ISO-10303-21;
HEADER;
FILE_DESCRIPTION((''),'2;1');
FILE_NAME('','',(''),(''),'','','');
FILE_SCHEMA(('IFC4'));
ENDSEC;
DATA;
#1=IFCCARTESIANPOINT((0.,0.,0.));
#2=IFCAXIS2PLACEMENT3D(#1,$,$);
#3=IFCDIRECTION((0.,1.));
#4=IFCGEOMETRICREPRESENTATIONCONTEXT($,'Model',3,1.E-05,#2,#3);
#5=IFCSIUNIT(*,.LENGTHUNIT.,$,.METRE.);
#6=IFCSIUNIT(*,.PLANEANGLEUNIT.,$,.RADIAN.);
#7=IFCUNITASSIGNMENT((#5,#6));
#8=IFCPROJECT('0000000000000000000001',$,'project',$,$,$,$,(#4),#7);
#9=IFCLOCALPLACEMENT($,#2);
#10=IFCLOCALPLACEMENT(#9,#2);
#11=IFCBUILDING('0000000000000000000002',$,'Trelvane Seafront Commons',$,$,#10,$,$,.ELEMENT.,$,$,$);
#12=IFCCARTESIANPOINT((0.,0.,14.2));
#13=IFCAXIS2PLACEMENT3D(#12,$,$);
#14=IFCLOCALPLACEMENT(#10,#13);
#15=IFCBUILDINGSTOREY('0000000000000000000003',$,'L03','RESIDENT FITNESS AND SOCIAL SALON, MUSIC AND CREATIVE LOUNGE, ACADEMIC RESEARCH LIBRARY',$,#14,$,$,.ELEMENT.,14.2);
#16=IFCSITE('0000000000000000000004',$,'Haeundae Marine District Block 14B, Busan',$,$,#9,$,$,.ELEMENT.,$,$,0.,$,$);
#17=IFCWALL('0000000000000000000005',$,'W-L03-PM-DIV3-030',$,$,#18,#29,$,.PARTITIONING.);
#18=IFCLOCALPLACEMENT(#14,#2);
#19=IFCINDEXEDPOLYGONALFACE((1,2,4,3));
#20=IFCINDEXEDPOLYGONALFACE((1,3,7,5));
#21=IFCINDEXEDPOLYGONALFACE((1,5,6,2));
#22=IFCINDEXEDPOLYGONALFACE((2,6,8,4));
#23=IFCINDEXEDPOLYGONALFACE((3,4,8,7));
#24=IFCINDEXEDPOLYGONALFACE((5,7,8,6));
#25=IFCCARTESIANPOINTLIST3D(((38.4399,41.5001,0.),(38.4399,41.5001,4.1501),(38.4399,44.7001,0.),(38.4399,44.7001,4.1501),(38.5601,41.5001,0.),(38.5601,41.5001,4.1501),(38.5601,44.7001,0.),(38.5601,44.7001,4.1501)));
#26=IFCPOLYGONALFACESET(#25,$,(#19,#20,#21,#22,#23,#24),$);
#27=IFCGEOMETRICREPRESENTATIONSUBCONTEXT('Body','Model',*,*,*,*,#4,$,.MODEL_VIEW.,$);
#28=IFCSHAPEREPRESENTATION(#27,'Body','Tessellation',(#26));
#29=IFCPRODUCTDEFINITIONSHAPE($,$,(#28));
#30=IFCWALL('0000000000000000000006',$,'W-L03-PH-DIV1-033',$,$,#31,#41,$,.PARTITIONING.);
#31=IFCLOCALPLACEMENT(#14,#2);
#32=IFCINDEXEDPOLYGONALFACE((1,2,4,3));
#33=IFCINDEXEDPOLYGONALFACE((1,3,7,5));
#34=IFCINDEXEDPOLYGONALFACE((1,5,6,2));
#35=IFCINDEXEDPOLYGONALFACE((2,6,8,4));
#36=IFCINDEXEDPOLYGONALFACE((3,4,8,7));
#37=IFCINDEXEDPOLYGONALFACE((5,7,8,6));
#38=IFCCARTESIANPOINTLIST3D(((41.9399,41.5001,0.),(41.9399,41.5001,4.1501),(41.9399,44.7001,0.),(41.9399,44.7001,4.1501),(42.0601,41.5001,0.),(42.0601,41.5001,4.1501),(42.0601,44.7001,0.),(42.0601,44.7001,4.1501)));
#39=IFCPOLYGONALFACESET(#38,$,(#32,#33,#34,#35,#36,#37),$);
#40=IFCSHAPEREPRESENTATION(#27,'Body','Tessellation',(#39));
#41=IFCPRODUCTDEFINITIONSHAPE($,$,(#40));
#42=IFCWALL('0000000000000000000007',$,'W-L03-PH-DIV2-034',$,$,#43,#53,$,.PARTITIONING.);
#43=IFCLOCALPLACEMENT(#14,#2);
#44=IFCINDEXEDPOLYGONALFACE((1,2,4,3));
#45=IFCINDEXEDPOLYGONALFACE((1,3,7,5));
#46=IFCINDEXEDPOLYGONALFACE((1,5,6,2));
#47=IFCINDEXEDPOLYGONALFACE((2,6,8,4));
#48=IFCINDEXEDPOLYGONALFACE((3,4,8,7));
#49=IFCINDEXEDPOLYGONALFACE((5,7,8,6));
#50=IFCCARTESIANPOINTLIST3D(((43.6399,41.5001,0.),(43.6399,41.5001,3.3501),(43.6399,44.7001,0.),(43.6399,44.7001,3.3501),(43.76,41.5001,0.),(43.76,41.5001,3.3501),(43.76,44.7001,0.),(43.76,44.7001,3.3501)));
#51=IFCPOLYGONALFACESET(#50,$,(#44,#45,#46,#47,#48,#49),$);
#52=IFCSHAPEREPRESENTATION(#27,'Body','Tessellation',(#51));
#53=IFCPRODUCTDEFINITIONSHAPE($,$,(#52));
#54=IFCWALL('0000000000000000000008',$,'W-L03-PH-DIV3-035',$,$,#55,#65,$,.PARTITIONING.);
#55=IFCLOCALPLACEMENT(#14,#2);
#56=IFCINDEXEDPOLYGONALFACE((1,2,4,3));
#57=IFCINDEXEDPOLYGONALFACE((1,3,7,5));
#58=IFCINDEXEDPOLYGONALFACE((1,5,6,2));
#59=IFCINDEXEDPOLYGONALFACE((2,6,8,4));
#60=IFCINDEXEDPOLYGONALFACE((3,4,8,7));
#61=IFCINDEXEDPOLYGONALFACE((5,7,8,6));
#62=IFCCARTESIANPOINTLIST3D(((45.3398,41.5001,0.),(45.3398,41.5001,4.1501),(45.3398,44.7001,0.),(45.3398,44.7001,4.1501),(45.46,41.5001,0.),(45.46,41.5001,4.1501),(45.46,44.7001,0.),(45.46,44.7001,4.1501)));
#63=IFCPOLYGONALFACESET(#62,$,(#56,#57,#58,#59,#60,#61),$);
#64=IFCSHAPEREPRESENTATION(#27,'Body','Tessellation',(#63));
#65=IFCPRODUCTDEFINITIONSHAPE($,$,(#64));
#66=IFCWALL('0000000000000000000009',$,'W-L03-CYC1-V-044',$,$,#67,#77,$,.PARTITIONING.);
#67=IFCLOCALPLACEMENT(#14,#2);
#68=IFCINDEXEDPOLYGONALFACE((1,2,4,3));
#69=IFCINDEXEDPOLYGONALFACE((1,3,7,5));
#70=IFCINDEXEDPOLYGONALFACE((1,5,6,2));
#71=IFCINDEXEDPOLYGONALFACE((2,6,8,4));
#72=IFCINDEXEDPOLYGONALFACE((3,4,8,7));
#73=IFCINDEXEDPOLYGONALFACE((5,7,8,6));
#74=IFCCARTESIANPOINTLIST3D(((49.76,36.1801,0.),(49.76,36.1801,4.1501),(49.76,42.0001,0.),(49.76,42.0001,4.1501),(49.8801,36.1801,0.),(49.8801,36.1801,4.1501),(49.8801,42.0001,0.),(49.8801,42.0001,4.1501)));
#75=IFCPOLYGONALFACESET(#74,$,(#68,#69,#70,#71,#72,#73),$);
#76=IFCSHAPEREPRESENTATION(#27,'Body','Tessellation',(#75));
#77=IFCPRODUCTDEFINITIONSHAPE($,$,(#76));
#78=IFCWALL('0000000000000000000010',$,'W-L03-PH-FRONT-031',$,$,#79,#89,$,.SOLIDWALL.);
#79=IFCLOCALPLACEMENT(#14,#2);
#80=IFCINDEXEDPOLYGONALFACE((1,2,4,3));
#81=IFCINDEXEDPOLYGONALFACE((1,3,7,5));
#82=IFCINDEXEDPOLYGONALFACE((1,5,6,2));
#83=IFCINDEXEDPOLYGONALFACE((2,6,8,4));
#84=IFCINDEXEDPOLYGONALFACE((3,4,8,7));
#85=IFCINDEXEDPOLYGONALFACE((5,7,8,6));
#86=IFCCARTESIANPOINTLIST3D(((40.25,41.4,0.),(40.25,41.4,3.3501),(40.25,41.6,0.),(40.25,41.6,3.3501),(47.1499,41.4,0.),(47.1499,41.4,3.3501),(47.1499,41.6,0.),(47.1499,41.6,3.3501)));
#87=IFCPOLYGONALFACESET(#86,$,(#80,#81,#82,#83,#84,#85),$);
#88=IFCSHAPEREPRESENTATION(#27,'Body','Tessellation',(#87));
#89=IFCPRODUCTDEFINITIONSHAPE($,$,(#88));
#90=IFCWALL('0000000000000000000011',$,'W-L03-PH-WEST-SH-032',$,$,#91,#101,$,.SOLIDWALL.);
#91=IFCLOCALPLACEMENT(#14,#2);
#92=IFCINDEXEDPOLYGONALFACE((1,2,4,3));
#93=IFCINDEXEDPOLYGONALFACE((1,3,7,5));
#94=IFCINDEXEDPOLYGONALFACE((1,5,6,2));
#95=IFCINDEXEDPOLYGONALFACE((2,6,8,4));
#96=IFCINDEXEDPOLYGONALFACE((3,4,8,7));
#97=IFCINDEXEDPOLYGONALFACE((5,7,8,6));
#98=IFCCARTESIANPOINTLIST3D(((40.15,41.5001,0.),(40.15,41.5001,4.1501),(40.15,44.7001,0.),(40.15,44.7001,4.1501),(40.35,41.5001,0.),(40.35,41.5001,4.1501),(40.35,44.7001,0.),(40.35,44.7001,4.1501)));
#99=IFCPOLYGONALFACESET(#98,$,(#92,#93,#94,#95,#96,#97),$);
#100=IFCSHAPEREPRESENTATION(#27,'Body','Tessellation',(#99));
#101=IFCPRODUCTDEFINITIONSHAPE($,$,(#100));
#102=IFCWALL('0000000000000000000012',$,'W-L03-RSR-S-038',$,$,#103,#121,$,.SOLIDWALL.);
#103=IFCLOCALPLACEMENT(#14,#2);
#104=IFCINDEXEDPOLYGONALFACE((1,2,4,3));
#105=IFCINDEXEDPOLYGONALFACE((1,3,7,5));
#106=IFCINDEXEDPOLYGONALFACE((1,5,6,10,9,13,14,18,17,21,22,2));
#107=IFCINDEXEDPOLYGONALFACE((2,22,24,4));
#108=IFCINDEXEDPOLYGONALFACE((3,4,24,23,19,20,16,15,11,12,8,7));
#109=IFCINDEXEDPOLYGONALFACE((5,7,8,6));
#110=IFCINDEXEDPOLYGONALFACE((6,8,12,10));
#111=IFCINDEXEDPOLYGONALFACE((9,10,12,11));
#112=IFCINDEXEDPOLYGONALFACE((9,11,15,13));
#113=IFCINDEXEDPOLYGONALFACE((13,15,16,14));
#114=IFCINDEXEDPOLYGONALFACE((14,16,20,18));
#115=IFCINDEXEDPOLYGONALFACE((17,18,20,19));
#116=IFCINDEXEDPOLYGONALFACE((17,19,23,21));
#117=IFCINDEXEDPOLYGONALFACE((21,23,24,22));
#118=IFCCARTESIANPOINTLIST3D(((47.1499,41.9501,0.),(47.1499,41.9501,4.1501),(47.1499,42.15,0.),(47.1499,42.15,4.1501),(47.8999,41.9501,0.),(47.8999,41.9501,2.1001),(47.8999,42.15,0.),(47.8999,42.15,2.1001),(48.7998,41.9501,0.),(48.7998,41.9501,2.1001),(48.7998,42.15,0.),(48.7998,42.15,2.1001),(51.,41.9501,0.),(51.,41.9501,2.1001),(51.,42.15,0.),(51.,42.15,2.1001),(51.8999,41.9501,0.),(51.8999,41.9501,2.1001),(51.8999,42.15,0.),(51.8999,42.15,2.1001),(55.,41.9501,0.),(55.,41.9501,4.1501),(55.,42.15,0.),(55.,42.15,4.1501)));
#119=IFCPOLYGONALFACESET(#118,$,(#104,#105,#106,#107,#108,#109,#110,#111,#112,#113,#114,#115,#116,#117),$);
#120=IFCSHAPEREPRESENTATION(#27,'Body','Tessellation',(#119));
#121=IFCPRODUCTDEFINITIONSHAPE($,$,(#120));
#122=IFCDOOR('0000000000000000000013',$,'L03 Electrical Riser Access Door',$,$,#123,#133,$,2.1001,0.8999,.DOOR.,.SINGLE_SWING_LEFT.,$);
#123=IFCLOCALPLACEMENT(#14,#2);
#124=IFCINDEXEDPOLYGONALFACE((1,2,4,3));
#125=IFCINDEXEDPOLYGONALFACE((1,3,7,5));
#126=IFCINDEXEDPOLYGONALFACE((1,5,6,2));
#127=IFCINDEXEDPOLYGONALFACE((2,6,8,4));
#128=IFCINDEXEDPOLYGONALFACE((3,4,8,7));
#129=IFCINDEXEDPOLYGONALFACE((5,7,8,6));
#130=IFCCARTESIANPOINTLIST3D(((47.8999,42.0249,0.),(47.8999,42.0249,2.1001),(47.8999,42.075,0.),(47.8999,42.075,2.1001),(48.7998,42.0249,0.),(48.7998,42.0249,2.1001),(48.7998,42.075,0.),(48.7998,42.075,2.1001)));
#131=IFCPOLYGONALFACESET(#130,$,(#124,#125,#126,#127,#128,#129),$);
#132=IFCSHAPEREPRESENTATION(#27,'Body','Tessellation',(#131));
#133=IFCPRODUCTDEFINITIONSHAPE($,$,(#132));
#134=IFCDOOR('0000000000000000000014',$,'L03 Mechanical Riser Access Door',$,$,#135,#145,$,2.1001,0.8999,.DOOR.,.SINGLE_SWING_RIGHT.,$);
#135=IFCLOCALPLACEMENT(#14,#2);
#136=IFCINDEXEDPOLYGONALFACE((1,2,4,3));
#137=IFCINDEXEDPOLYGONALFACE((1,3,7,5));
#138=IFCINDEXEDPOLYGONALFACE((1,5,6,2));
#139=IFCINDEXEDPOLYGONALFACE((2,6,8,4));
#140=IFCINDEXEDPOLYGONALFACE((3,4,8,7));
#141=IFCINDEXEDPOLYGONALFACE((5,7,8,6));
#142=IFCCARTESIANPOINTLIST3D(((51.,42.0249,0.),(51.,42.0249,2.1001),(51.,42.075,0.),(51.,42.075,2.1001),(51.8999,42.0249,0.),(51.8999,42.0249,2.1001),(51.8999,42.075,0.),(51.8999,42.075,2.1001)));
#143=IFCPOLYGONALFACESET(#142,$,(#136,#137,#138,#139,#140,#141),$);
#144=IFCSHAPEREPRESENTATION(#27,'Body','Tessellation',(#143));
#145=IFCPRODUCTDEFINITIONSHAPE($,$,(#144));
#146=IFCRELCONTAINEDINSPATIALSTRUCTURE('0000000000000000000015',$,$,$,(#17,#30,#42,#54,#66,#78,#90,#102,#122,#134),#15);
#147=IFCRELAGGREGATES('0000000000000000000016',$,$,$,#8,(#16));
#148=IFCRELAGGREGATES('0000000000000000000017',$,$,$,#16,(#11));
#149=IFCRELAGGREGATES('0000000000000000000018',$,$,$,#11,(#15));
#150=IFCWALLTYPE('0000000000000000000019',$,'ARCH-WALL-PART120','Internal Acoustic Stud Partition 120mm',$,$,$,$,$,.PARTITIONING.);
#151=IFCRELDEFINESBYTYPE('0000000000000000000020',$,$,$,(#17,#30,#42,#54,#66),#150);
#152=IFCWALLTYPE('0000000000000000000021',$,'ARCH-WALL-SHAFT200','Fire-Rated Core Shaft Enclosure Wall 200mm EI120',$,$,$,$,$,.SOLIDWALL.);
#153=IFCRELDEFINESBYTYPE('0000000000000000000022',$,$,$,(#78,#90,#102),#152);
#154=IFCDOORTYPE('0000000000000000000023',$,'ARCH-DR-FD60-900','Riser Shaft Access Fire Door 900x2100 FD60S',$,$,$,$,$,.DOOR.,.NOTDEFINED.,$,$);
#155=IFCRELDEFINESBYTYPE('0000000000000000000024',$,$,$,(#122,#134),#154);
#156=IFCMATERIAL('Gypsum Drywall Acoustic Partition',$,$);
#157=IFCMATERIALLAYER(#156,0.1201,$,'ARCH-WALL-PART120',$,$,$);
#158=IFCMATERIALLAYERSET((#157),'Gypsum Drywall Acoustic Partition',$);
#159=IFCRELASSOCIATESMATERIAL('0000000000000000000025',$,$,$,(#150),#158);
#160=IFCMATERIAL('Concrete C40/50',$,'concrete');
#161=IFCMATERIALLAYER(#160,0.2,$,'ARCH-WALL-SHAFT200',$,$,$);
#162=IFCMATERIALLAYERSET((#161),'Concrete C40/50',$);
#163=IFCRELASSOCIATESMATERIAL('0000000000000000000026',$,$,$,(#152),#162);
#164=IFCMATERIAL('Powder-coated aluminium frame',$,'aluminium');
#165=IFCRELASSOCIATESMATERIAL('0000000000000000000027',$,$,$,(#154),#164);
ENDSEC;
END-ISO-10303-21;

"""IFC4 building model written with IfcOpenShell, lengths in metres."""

from ifc_helpers import new_model, si_unit, direction, frame, frame_2d, origin, place, context, subcontext, project, spatial, rectangle, extrude, source, transform, mapped, material, layer, layer_set, type_object, element, fill, save


model = new_model("IFC4")

# Units and contexts
model_context = context("Model", 3, precision=1e-05, world=origin(), true_north=direction((0.0, 1.0)))
body_context = subcontext(model_context, "Body", "Model", "MODEL_VIEW")
ifc_project = project(units=[si_unit("LENGTHUNIT", "METRE"), si_unit("PLANEANGLEUNIT", "RADIAN")], contexts=[model_context])

# Site, building, storey
site_placement = place(None, origin())
site = spatial("IfcSite", under=ifc_project, at=site_placement, Name="Haeundae Marine District Block 14B, Busan", CompositionType="ELEMENT", RefElevation=0.0)
building_placement = place(site_placement, origin())
building = spatial("IfcBuilding", under=site, at=building_placement, Name="Trelvane Seafront Commons", CompositionType="ELEMENT")
storey_placement = place(building_placement, frame((0.0, 0.0, 14.2)))
storey = spatial("IfcBuildingStorey", under=building, at=storey_placement, Name="L03", Description="RESIDENT FITNESS AND SOCIAL SALON, MUSIC AND CREATIVE LOUNGE, ACADEMIC RESEARCH LIBRARY", CompositionType="ELEMENT", Elevation=14.2)

# Walls
ifc_material_1 = material(Name="Gypsum Drywall Acoustic Partition")
ifc_layer_1 = layer(ifc_material_1, 0.1201, Name="ARCH-WALL-PART120")
ifc_layer_set_1 = layer_set([ifc_layer_1], Name="Gypsum Drywall Acoustic Partition")
wall_type_1 = type_object("IfcWallType", Name="ARCH-WALL-PART120", Description="Internal Acoustic Stud Partition 120mm", PredefinedType="PARTITIONING", material=ifc_layer_set_1)
for number, where, z_axis, x_axis, name in (
    (1, (38.5, 41.5, 0.0), (0.0, 0.0, 1.0), (0.0, 1.0, 0.0), "W-L03-PM-DIV3-030"),
    (2, (42.0, 41.5, 0.0), (0.0, 0.0, 1.0), (0.0, 1.0, 0.0), "W-L03-PH-DIV1-033"),
):
    element("IfcWall", number, at=place(storey_placement, frame(where, z_axis=z_axis, x_axis=x_axis)), inside=storey, type_object=wall_type_1, Name=name, PredefinedType="PARTITIONING", context=body_context, shape_type="SweptSolid", body=[
        extrude(rectangle(XDim=3.2, YDim=0.1201, at=frame_2d((1.6001, 0.0))), origin(), (0.0, 0.0, 1.0), 4.1501),
    ])
wall_1_placement = place(storey_placement, frame((43.7, 41.5, 0.0), z_axis=(0.0, 0.0, 1.0), x_axis=(0.0, 1.0, 0.0)))
element("IfcWall", 3, at=wall_1_placement, inside=storey, type_object=wall_type_1, Name="W-L03-PH-DIV2-034", PredefinedType="PARTITIONING", context=body_context, shape_type="SweptSolid", body=[
    extrude(rectangle(XDim=3.2, YDim=0.1201, at=frame_2d((1.6001, 0.0))), origin(), (0.0, 0.0, 1.0), 3.3501),
])
wall_2_placement = place(storey_placement, frame((45.3999, 41.5, 0.0), z_axis=(0.0, 0.0, 1.0), x_axis=(0.0, 1.0, 0.0)))
element("IfcWall", 4, at=wall_2_placement, inside=storey, type_object=wall_type_1, Name="W-L03-PH-DIV3-035", PredefinedType="PARTITIONING", context=body_context, shape_type="SweptSolid", body=[
    extrude(rectangle(XDim=3.2, YDim=0.1201, at=frame_2d((1.6001, 0.0))), origin(), (0.0, 0.0, 1.0), 4.1501),
])

# Walls
wall_3_placement = place(storey_placement, frame((49.8201, 36.1799, 0.0), z_axis=(0.0, 0.0, 1.0), x_axis=(0.0, 1.0, 0.0)))
element("IfcWall", 5, at=wall_3_placement, inside=storey, type_object=wall_type_1, Name="W-L03-CYC1-V-044", PredefinedType="PARTITIONING", context=body_context, shape_type="SweptSolid", body=[
    extrude(rectangle(XDim=5.8201, YDim=0.1201, at=frame_2d((2.9102, 0.0))), origin(), (0.0, 0.0, 1.0), 4.1501),
])
ifc_material_2 = material(Name="Concrete C40/50", Category="concrete")
ifc_layer_2 = layer(ifc_material_2, 0.2, Name="ARCH-WALL-SHAFT200")
ifc_layer_set_2 = layer_set([ifc_layer_2], Name="Concrete C40/50")
wall_type_2 = type_object("IfcWallType", Name="ARCH-WALL-SHAFT200", Description="Fire-Rated Core Shaft Enclosure Wall 200mm EI120", PredefinedType="SOLIDWALL", material=ifc_layer_set_2)
wall_4_placement = place(storey_placement, frame((40.25, 41.5, 0.0), z_axis=(0.0, 0.0, 1.0), x_axis=(1.0, 0.0, 0.0)))
element("IfcWall", 6, at=wall_4_placement, inside=storey, type_object=wall_type_2, Name="W-L03-PH-FRONT-031", PredefinedType="SOLIDWALL", context=body_context, shape_type="SweptSolid", body=[
    extrude(rectangle(XDim=6.8999, YDim=0.2, at=frame_2d((3.45, 0.0))), origin(), (0.0, 0.0, 1.0), 3.3501),
])
wall_5_placement = place(storey_placement, frame((40.25, 41.5, 0.0), z_axis=(0.0, 0.0, 1.0), x_axis=(0.0, 1.0, 0.0)))
element("IfcWall", 7, at=wall_5_placement, inside=storey, type_object=wall_type_2, Name="W-L03-PH-WEST-SH-032", PredefinedType="SOLIDWALL", context=body_context, shape_type="SweptSolid", body=[
    extrude(rectangle(XDim=3.2, YDim=0.2, at=frame_2d((1.6001, 0.0))), origin(), (0.0, 0.0, 1.0), 4.1501),
])

# Wall, openings, doors
wall_6_placement = place(storey_placement, frame((47.1499, 42.05, 0.0), z_axis=(0.0, 0.0, 1.0), x_axis=(1.0, 0.0, 0.0)))
wall_6 = element("IfcWall", 8, at=wall_6_placement, inside=storey, type_object=wall_type_2, Name="W-L03-RSR-S-038", PredefinedType="SOLIDWALL", context=body_context, shape_type="SweptSolid", body=[
    extrude(rectangle(XDim=7.8501, YDim=0.2, at=frame_2d((3.925, 0.0))), origin(), (0.0, 0.0, 1.0), 4.1501),
])
opening_1_placement = place(wall_6_placement, frame((0.75, 0.0, 0.0)))
opening_1 = element("IfcOpeningElement", 9, at=opening_1_placement, cuts=wall_6, PredefinedType="OPENING", context=body_context, shape_type="SweptSolid", body=[
    extrude(rectangle(XDim=0.8999, YDim=2.1001, at=frame_2d((0.45, 1.05))), frame((0.0, 0.1099, 0.0), z_axis=(0.0, -1.0, 0.0), x_axis=(1.0, 0.0, 0.0)), (0.0, 0.0, 1.0), 0.22),
])
opening_2_placement = place(wall_6_placement, frame((3.8501, 0.0, 0.0)))
opening_2 = element("IfcOpeningElement", 10, at=opening_2_placement, cuts=wall_6, PredefinedType="OPENING", context=body_context, shape_type="SweptSolid", body=[
    extrude(rectangle(XDim=0.8999, YDim=2.1001, at=frame_2d((0.45, 1.05))), frame((0.0, 0.1099, 0.0), z_axis=(0.0, -1.0, 0.0), x_axis=(1.0, 0.0, 0.0)), (0.0, 0.0, 1.0), 0.22),
])
ifc_material_3 = material(Name="Powder-coated aluminium frame", Category="aluminium")
door_type_1 = type_object("IfcDoorType", Name="ARCH-DR-FD60-900", Description="Riser Shaft Access Fire Door 900x2100 FD60S", OperationType="NOTDEFINED", PredefinedType="DOOR", material=ifc_material_3)
shared_shape_1 = source(origin(), body_context, "Body", "SweptSolid", [
    extrude(rectangle(XDim=0.8999, YDim=2.1001, at=frame_2d((0.45, 1.05))), frame((0.0, 0.0249, 0.0), z_axis=(0.0, -1.0, 0.0), x_axis=(1.0, 0.0, 0.0)), (0.0, 0.0, 1.0), 0.05),
])
door_1_placement = place(opening_1_placement, origin())
door_1 = element("IfcDoor", 11, at=door_1_placement, inside=storey, type_object=door_type_1, Name="L03 Electrical Riser Access Door", OperationType="SINGLE_SWING_LEFT", OverallHeight=2.1001, OverallWidth=0.8999, PredefinedType="DOOR", context=body_context, shape_type="MappedRepresentation", body=[
    mapped(shared_shape_1, transform((0.0, 0.0, 0.0), x_axis=(1.0, 0.0, 0.0), y_axis=(0.0, 1.0, 0.0), z_axis=(0.0, 0.0, 1.0), scale=1.0)),
])
fill(opening_1, door_1)
door_2_placement = place(opening_2_placement, origin())
door_2 = element("IfcDoor", 12, at=door_2_placement, inside=storey, type_object=door_type_1, Name="L03 Mechanical Riser Access Door", OperationType="SINGLE_SWING_RIGHT", OverallHeight=2.1001, OverallWidth=0.8999, PredefinedType="DOOR", context=body_context, shape_type="MappedRepresentation", body=[
    mapped(shared_shape_1, transform((0.0, 0.0, 0.0), x_axis=(1.0, 0.0, 0.0), y_axis=(0.0, 1.0, 0.0), z_axis=(0.0, 0.0, 1.0), scale=1.0)),
])
fill(opening_2, door_2)

save(model, "model.ifc")
